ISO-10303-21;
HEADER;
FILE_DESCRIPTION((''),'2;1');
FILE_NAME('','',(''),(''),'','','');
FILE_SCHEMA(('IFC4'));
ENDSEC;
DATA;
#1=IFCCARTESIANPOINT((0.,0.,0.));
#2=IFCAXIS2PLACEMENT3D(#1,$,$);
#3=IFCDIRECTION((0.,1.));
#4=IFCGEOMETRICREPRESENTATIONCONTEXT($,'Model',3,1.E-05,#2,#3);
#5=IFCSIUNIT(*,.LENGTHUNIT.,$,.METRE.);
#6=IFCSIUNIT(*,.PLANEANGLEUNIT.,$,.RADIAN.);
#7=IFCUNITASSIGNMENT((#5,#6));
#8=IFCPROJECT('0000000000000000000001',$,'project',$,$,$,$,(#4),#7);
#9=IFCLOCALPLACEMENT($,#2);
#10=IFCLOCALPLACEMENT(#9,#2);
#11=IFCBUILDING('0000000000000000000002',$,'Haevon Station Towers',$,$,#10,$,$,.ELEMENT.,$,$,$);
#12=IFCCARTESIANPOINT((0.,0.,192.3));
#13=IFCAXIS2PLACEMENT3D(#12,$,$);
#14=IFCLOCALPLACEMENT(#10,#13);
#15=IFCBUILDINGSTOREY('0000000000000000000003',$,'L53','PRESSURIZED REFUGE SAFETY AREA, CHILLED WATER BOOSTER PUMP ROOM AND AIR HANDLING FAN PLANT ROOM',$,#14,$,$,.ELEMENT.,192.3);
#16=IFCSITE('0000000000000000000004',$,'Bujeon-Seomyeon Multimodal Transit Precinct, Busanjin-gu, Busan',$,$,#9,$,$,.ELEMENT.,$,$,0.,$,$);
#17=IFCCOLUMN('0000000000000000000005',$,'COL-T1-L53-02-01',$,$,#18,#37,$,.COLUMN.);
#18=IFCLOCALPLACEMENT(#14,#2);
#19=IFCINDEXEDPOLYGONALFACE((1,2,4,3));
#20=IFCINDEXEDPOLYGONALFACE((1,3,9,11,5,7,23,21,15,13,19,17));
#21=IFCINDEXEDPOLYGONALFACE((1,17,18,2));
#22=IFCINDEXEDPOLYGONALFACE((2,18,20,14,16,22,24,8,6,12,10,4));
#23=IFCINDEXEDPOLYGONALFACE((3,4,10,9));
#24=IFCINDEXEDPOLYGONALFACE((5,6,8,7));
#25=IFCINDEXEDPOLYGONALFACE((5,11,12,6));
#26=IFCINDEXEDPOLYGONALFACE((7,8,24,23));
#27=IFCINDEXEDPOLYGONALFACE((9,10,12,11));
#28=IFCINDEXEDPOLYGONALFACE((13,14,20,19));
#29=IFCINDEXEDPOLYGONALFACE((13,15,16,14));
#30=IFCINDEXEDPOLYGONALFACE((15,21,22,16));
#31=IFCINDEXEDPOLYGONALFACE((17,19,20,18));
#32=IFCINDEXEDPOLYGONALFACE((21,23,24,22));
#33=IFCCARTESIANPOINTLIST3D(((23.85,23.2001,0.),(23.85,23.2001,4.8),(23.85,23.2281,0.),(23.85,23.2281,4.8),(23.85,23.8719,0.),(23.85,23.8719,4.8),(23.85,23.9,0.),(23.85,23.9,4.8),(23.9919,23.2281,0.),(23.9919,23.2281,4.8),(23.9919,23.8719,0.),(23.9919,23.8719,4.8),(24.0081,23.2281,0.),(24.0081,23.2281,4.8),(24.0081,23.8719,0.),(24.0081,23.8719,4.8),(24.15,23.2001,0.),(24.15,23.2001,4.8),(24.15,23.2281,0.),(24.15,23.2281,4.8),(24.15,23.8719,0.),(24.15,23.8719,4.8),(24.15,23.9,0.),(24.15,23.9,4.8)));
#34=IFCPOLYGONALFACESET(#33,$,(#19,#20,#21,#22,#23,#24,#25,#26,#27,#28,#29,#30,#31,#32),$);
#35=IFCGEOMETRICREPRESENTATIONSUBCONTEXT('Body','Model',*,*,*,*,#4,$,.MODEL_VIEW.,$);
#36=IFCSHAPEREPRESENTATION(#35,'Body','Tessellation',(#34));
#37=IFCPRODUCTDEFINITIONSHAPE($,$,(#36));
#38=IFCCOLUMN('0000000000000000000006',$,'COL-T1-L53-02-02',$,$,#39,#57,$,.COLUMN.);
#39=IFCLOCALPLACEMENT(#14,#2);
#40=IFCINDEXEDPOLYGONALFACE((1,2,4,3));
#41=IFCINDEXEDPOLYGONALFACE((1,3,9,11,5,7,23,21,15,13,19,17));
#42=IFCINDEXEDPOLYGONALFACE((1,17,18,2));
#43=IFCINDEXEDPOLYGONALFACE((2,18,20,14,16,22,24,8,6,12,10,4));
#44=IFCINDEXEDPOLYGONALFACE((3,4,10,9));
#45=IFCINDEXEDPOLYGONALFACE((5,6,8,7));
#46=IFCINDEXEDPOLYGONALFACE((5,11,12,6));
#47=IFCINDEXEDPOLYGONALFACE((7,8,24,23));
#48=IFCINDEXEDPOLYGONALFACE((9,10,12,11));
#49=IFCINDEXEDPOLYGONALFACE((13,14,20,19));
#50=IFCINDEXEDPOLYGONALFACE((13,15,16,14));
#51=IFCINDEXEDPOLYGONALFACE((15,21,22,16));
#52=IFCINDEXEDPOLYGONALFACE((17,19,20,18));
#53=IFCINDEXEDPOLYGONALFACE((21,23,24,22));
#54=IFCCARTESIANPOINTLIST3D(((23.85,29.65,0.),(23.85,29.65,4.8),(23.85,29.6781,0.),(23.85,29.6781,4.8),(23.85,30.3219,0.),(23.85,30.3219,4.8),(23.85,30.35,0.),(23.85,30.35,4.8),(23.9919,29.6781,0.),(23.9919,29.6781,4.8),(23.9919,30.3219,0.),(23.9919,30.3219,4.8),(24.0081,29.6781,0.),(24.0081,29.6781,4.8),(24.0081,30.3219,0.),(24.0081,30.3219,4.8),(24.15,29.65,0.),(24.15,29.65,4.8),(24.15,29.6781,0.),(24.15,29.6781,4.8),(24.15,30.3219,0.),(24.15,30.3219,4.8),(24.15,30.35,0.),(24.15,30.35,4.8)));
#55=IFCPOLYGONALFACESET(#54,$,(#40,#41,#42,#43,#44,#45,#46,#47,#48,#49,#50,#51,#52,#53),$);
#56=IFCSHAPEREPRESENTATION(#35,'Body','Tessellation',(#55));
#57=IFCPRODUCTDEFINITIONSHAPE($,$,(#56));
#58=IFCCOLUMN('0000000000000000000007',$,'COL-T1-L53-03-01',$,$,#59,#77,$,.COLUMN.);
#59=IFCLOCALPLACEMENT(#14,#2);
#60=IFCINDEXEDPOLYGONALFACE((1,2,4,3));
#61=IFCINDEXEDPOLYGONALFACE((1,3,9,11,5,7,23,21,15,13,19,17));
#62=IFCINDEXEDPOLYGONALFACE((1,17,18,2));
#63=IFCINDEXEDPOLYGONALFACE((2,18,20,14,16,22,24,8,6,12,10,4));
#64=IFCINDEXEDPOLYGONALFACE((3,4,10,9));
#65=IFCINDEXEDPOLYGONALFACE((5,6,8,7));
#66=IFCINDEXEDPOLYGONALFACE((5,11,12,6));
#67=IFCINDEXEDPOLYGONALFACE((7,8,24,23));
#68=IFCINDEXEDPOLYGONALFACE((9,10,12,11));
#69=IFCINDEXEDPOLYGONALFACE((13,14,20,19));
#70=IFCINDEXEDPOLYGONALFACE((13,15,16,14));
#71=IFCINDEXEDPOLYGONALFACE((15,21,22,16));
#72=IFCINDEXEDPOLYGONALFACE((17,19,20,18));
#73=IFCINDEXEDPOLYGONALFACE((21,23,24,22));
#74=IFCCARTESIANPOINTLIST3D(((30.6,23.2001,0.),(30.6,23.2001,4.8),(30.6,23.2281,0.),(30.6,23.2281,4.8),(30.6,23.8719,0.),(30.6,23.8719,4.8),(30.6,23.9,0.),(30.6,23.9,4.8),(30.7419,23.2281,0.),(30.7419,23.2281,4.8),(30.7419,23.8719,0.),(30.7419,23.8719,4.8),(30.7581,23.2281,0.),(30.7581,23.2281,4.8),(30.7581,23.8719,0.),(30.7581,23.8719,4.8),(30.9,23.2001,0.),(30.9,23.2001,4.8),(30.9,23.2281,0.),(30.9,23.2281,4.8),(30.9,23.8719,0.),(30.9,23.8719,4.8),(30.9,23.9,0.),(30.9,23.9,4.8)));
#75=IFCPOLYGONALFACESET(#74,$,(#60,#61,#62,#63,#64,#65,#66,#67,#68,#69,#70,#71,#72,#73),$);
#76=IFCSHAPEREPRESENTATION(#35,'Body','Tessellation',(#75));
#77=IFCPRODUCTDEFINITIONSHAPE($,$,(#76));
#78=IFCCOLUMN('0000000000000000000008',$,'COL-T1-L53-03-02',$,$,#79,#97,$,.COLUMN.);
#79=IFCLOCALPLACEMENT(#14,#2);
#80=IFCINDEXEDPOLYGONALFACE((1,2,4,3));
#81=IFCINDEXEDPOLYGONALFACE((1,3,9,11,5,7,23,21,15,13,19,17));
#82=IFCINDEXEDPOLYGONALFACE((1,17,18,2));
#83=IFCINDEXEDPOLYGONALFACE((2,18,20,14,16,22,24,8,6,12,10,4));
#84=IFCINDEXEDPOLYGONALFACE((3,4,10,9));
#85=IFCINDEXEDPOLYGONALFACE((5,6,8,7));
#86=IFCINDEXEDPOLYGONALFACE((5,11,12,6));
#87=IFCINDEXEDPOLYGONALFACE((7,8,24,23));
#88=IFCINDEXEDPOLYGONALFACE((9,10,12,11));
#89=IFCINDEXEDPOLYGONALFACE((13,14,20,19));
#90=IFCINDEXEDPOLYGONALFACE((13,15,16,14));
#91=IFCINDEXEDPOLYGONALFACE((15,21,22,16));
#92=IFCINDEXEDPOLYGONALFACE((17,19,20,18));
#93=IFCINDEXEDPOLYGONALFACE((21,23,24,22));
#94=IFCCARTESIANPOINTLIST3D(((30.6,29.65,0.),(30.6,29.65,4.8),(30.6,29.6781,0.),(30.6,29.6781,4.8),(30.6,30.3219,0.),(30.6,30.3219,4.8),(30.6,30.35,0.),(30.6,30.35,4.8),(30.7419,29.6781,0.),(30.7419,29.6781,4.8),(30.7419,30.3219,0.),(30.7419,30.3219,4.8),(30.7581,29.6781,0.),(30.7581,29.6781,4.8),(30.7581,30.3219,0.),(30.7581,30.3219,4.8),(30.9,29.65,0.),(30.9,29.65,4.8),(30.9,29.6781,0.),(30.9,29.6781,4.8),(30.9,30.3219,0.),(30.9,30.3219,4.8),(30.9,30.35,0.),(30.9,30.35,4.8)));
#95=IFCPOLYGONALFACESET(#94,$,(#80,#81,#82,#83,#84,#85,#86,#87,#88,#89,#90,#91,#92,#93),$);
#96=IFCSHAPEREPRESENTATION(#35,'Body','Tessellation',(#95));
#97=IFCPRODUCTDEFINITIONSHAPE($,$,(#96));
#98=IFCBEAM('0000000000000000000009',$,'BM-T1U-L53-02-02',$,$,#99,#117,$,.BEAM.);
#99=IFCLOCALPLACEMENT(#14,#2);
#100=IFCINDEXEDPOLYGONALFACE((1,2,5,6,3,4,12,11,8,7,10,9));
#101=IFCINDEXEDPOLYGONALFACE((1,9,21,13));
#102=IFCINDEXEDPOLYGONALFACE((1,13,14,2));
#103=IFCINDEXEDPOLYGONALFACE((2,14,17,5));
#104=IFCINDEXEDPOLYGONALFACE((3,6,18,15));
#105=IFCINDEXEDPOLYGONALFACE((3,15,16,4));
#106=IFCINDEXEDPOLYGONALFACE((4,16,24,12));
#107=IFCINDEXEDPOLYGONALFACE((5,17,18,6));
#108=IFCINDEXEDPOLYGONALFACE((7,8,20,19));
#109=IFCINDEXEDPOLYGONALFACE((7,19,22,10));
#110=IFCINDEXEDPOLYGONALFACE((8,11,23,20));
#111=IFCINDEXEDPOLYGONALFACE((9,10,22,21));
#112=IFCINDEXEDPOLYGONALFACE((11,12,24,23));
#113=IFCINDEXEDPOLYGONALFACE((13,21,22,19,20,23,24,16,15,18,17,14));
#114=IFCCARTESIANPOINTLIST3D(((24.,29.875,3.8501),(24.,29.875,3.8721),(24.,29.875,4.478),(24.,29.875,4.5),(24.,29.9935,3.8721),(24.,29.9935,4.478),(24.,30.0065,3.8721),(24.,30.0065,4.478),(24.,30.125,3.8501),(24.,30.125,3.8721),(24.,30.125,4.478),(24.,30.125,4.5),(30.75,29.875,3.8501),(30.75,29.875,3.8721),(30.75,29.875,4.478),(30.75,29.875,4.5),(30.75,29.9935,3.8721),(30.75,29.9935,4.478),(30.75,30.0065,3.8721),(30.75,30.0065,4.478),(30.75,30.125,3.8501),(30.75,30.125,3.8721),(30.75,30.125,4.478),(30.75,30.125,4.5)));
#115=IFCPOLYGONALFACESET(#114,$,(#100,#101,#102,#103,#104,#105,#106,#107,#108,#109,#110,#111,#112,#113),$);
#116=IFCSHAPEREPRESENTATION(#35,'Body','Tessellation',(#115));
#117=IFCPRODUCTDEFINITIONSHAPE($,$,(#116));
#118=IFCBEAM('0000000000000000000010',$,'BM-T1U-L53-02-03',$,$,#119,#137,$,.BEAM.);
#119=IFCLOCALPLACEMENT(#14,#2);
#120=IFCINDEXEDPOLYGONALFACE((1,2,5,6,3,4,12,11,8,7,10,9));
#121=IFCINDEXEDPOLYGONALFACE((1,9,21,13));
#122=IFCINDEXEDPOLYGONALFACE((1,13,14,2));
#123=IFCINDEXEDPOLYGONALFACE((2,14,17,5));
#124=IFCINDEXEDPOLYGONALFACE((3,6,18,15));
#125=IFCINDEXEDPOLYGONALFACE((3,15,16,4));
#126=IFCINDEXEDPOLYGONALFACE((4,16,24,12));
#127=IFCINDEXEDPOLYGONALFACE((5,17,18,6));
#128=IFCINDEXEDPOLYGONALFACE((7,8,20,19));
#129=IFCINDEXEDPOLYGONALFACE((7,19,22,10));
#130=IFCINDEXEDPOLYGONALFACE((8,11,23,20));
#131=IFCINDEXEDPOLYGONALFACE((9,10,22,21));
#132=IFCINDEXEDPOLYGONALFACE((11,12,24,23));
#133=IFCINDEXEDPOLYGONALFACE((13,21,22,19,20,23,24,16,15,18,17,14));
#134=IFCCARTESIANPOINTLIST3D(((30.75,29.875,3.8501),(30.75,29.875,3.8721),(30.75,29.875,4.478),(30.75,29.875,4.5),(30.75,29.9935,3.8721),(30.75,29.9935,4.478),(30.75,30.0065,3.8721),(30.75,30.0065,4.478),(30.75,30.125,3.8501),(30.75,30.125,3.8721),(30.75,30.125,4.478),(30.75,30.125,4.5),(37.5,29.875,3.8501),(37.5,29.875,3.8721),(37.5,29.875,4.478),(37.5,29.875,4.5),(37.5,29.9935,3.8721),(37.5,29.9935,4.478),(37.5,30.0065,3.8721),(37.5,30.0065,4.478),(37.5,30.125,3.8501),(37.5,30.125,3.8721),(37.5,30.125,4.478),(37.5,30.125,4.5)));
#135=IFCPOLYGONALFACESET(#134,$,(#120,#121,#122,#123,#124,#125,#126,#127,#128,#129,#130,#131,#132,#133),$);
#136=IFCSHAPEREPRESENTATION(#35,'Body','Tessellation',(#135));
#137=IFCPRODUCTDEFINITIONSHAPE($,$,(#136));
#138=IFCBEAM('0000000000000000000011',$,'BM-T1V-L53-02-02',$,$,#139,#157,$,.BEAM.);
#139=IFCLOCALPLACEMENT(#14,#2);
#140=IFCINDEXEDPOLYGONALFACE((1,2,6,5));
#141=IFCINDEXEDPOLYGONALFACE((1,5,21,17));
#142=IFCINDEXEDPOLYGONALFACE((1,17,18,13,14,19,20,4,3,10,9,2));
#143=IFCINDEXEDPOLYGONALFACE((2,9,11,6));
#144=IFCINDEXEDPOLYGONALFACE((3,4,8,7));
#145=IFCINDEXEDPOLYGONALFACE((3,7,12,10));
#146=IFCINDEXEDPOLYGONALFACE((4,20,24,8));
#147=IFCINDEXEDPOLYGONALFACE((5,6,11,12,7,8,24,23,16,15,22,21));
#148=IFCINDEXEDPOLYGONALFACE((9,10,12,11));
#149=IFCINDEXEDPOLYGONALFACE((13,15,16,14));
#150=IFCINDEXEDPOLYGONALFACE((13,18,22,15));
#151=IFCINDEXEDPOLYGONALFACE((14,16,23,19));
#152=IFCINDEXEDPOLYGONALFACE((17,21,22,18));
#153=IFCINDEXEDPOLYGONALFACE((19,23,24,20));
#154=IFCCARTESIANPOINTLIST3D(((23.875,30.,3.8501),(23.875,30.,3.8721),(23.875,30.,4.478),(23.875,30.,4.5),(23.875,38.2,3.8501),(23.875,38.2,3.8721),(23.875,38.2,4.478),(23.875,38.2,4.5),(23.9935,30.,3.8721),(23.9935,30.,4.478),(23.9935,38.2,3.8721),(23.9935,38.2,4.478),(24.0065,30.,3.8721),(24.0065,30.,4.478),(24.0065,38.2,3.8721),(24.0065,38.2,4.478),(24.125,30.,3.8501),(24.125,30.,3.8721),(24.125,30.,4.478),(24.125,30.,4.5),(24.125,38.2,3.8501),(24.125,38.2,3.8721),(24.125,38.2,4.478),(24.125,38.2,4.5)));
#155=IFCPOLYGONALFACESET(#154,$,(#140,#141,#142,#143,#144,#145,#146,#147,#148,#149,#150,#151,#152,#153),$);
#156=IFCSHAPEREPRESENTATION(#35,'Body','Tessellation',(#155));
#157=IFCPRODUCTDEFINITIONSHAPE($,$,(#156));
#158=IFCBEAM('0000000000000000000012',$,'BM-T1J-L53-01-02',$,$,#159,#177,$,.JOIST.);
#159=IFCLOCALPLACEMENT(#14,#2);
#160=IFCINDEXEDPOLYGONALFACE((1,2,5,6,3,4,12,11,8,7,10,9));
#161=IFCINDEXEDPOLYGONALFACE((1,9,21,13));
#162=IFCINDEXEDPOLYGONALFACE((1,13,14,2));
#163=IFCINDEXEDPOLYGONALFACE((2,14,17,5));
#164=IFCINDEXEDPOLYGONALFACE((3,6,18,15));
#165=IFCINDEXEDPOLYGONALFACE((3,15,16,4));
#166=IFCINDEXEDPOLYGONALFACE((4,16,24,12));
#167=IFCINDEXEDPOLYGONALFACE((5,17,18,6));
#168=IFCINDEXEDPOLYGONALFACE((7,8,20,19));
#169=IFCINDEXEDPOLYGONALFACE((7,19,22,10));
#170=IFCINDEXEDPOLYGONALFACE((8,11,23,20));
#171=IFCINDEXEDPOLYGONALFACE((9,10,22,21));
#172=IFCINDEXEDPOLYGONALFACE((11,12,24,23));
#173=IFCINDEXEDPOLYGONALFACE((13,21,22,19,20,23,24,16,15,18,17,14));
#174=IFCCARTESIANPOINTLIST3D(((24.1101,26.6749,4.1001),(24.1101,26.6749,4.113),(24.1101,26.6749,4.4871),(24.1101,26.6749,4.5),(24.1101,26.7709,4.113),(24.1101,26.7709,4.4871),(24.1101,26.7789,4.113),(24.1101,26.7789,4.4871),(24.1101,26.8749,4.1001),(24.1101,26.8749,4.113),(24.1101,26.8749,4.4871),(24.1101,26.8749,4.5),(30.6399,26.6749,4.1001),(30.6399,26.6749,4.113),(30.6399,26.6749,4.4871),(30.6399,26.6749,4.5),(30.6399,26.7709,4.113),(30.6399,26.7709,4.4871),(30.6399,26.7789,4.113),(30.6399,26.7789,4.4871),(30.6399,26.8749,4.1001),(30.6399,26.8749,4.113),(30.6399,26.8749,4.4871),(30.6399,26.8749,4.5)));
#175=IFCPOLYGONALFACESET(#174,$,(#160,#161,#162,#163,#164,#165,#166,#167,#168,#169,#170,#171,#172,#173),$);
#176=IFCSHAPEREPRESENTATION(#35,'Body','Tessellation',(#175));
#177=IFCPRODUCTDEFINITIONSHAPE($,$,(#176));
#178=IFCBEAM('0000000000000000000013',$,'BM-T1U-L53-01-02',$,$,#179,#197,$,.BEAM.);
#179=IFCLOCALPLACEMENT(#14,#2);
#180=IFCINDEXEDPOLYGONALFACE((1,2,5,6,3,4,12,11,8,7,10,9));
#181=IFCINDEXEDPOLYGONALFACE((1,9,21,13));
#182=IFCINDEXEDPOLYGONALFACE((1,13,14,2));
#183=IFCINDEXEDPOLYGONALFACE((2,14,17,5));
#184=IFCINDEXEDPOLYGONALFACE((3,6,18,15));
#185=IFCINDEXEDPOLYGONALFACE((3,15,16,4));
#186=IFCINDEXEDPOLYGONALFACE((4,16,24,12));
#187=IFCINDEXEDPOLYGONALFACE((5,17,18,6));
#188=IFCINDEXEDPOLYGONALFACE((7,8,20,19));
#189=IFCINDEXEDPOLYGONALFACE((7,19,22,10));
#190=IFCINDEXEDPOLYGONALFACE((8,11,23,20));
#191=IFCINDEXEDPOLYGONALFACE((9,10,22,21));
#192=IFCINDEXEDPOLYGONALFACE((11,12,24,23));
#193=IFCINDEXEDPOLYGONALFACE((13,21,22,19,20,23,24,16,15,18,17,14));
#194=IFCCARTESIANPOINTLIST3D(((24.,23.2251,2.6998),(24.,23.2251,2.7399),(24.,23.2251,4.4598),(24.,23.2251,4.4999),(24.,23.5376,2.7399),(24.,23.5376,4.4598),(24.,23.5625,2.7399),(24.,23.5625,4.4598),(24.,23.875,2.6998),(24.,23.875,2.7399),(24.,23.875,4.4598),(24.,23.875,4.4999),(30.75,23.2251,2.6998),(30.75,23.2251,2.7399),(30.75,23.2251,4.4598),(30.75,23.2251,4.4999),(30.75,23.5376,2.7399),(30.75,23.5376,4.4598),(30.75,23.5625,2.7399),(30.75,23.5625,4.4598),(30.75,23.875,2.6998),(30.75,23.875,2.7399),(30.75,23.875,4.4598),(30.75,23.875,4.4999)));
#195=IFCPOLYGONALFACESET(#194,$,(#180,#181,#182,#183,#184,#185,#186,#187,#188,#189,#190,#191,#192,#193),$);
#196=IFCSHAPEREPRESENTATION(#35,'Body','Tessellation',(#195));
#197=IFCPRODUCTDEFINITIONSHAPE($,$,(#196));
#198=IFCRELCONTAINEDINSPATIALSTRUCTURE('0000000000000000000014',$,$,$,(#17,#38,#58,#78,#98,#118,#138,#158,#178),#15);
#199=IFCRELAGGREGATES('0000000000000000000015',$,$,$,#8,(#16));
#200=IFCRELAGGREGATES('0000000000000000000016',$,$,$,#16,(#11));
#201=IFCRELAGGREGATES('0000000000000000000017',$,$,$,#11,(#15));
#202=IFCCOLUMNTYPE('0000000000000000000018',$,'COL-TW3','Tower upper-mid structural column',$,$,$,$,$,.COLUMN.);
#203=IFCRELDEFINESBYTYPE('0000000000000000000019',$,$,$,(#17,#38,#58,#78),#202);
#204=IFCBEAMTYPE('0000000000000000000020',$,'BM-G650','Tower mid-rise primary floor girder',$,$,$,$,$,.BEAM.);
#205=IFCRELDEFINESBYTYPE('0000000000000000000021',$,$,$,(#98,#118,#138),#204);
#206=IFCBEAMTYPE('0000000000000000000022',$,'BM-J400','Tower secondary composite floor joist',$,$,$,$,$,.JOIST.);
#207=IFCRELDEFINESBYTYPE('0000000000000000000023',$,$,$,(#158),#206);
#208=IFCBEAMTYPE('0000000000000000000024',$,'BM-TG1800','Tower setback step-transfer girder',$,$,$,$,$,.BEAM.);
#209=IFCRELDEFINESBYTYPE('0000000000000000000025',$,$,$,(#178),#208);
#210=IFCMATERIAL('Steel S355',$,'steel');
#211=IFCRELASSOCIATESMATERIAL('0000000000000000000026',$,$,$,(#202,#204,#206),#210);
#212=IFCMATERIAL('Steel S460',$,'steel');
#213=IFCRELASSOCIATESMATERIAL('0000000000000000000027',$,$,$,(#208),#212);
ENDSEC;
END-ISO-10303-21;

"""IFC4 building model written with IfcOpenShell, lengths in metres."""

from ifc_helpers import new_model, si_unit, direction, frame, origin, origin_2d, place, context, subcontext, project, spatial, i_section, extrude, material, material_profile, profile_set, type_object, element, save


model = new_model("IFC4")

# Units and contexts
model_context = context("Model", 3, precision=1e-05, world=origin(), true_north=direction((0.0, 1.0)))
body_context = subcontext(model_context, "Body", "Model", "MODEL_VIEW")
ifc_project = project(units=[si_unit("LENGTHUNIT", "METRE"), si_unit("PLANEANGLEUNIT", "RADIAN")], contexts=[model_context])

# Site, building, storey
site_placement = place(None, origin())
site = spatial("IfcSite", under=ifc_project, at=site_placement, Name="Bujeon-Seomyeon Multimodal Transit Precinct, Busanjin-gu, Busan", CompositionType="ELEMENT", RefElevation=0.0)
building_placement = place(site_placement, origin())
building = spatial("IfcBuilding", under=site, at=building_placement, Name="Haevon Station Towers", CompositionType="ELEMENT")
storey_placement = place(building_placement, frame((0.0, 0.0, 192.3)))
storey = spatial("IfcBuildingStorey", under=building, at=storey_placement, Name="L53", Description="PRESSURIZED REFUGE SAFETY AREA, CHILLED WATER BOOSTER PUMP ROOM AND AIR HANDLING FAN PLANT ROOM", CompositionType="ELEMENT", Elevation=192.3)

# Columns
ifc_material_1 = material(Name="Steel S355", Category="steel")
ifc_material_profile_1 = material_profile(ifc_material_1, i_section(OverallWidth=0.3, OverallDepth=0.7, WebThickness=0.0161, FlangeThickness=0.0281, at=origin_2d()), Name="H-700x300x16x28")
ifc_profile_set_1 = profile_set([ifc_material_profile_1], Name="Steel S355")
column_type = type_object("IfcColumnType", Name="COL-TW3", Description="Tower upper-mid structural column", PredefinedType="COLUMN", material=ifc_profile_set_1)
for number, where, z_axis, x_axis, name in (
    (1, (24.0, 23.55, 0.0), (0.0, 0.0, 1.0), (1.0, 0.0, 0.0), "COL-T1-L53-02-01"),
    (2, (24.0, 30.0, 0.0), (0.0, 0.0, 1.0), (1.0, 0.0, 0.0), "COL-T1-L53-02-02"),
    (3, (30.75, 23.55, 0.0), (0.0, 0.0, 1.0), (1.0, 0.0, 0.0), "COL-T1-L53-03-01"),
    (4, (30.75, 30.0, 0.0), (0.0, 0.0, 1.0), (1.0, 0.0, 0.0), "COL-T1-L53-03-02"),
):
    element("IfcColumn", number, at=place(storey_placement, frame(where, z_axis=z_axis, x_axis=x_axis)), inside=storey, type_object=column_type, Name=name, PredefinedType="COLUMN", context=body_context, shape_type="SweptSolid", body=[
        extrude(i_section(OverallWidth=0.3, OverallDepth=0.7, WebThickness=0.0161, FlangeThickness=0.0281, at=origin_2d()), origin(), (0.0, 0.0, 1.0), 4.8),
    ])

# Beams
ifc_material_profile_2 = material_profile(ifc_material_1, i_section(OverallWidth=0.25, OverallDepth=0.6499, WebThickness=0.0129, FlangeThickness=0.022, at=origin_2d()), Name="H-650x250x13x22")
ifc_profile_set_2 = profile_set([ifc_material_profile_2], Name="Steel S355")
beam_type_1 = type_object("IfcBeamType", Name="BM-G650", Description="Tower mid-rise primary floor girder", PredefinedType="BEAM", material=ifc_profile_set_2)
for number, where, z_axis, x_axis, name in (
    (5, (24.0, 30.0, 4.175), (1.0, 0.0, 0.0), (0.0, 1.0, 0.0), "BM-T1U-L53-02-02"),
    (6, (30.75, 30.0, 4.175), (1.0, 0.0, 0.0), (0.0, 1.0, 0.0), "BM-T1U-L53-02-03"),
):
    element("IfcBeam", number, at=place(storey_placement, frame(where, z_axis=z_axis, x_axis=x_axis)), inside=storey, type_object=beam_type_1, Name=name, PredefinedType="BEAM", context=body_context, shape_type="SweptSolid", body=[
        extrude(i_section(OverallWidth=0.25, OverallDepth=0.6499, WebThickness=0.0129, FlangeThickness=0.022, at=origin_2d()), origin(), (0.0, 0.0, 1.0), 6.75),
    ])
beam_1_placement = place(storey_placement, frame((24.0, 30.0, 4.175), z_axis=(0.0, 1.0, 0.0), x_axis=(-1.0, 0.0, 0.0)))
element("IfcBeam", 7, at=beam_1_placement, inside=storey, type_object=beam_type_1, Name="BM-T1V-L53-02-02", PredefinedType="BEAM", context=body_context, shape_type="SweptSolid", body=[
    extrude(i_section(OverallWidth=0.25, OverallDepth=0.6499, WebThickness=0.0129, FlangeThickness=0.022, at=origin_2d()), origin(), (0.0, 0.0, 1.0), 8.2),
])
ifc_material_profile_3 = material_profile(ifc_material_1, i_section(OverallWidth=0.2, OverallDepth=0.3999, WebThickness=0.0081, FlangeThickness=0.0129, at=origin_2d()), Name="H-400x200x8x13")
ifc_profile_set_3 = profile_set([ifc_material_profile_3], Name="Steel S355")
beam_type_2 = type_object("IfcBeamType", Name="BM-J400", Description="Tower secondary composite floor joist", PredefinedType="JOIST", material=ifc_profile_set_3)
beam_2_placement = place(storey_placement, frame((24.1101, 26.7749, 4.3), z_axis=(1.0, 0.0, 0.0), x_axis=(0.0, 1.0, 0.0)))
element("IfcBeam", 8, at=beam_2_placement, inside=storey, type_object=beam_type_2, Name="BM-T1J-L53-01-02", PredefinedType="JOIST", context=body_context, shape_type="SweptSolid", body=[
    extrude(i_section(OverallWidth=0.2, OverallDepth=0.3999, WebThickness=0.0081, FlangeThickness=0.0129, at=origin_2d()), origin(), (0.0, 0.0, 1.0), 6.5298),
])
ifc_material_2 = material(Name="Steel S460", Category="steel")
ifc_material_profile_4 = material_profile(ifc_material_2, i_section(OverallWidth=0.6499, OverallDepth=1.8, WebThickness=0.0249, FlangeThickness=0.04, at=origin_2d()), Name="H-1800x650x25x40")
ifc_profile_set_4 = profile_set([ifc_material_profile_4], Name="Steel S460")
beam_type_3 = type_object("IfcBeamType", Name="BM-TG1800", Description="Tower setback step-transfer girder", PredefinedType="BEAM", material=ifc_profile_set_4)
for number, where, z_axis, x_axis, name in (
    (9, (24.0, 23.55, 3.5999), (1.0, 0.0, 0.0), (0.0, 1.0, 0.0), "BM-T1U-L53-01-02"),
):
    element("IfcBeam", number, at=place(storey_placement, frame(where, z_axis=z_axis, x_axis=x_axis)), inside=storey, type_object=beam_type_3, Name=name, PredefinedType="BEAM", context=body_context, shape_type="SweptSolid", body=[
        extrude(i_section(OverallWidth=0.6499, OverallDepth=1.8, WebThickness=0.0249, FlangeThickness=0.04, at=origin_2d()), origin(), (0.0, 0.0, 1.0), 6.75),
    ])

save(model, "model.ifc")
